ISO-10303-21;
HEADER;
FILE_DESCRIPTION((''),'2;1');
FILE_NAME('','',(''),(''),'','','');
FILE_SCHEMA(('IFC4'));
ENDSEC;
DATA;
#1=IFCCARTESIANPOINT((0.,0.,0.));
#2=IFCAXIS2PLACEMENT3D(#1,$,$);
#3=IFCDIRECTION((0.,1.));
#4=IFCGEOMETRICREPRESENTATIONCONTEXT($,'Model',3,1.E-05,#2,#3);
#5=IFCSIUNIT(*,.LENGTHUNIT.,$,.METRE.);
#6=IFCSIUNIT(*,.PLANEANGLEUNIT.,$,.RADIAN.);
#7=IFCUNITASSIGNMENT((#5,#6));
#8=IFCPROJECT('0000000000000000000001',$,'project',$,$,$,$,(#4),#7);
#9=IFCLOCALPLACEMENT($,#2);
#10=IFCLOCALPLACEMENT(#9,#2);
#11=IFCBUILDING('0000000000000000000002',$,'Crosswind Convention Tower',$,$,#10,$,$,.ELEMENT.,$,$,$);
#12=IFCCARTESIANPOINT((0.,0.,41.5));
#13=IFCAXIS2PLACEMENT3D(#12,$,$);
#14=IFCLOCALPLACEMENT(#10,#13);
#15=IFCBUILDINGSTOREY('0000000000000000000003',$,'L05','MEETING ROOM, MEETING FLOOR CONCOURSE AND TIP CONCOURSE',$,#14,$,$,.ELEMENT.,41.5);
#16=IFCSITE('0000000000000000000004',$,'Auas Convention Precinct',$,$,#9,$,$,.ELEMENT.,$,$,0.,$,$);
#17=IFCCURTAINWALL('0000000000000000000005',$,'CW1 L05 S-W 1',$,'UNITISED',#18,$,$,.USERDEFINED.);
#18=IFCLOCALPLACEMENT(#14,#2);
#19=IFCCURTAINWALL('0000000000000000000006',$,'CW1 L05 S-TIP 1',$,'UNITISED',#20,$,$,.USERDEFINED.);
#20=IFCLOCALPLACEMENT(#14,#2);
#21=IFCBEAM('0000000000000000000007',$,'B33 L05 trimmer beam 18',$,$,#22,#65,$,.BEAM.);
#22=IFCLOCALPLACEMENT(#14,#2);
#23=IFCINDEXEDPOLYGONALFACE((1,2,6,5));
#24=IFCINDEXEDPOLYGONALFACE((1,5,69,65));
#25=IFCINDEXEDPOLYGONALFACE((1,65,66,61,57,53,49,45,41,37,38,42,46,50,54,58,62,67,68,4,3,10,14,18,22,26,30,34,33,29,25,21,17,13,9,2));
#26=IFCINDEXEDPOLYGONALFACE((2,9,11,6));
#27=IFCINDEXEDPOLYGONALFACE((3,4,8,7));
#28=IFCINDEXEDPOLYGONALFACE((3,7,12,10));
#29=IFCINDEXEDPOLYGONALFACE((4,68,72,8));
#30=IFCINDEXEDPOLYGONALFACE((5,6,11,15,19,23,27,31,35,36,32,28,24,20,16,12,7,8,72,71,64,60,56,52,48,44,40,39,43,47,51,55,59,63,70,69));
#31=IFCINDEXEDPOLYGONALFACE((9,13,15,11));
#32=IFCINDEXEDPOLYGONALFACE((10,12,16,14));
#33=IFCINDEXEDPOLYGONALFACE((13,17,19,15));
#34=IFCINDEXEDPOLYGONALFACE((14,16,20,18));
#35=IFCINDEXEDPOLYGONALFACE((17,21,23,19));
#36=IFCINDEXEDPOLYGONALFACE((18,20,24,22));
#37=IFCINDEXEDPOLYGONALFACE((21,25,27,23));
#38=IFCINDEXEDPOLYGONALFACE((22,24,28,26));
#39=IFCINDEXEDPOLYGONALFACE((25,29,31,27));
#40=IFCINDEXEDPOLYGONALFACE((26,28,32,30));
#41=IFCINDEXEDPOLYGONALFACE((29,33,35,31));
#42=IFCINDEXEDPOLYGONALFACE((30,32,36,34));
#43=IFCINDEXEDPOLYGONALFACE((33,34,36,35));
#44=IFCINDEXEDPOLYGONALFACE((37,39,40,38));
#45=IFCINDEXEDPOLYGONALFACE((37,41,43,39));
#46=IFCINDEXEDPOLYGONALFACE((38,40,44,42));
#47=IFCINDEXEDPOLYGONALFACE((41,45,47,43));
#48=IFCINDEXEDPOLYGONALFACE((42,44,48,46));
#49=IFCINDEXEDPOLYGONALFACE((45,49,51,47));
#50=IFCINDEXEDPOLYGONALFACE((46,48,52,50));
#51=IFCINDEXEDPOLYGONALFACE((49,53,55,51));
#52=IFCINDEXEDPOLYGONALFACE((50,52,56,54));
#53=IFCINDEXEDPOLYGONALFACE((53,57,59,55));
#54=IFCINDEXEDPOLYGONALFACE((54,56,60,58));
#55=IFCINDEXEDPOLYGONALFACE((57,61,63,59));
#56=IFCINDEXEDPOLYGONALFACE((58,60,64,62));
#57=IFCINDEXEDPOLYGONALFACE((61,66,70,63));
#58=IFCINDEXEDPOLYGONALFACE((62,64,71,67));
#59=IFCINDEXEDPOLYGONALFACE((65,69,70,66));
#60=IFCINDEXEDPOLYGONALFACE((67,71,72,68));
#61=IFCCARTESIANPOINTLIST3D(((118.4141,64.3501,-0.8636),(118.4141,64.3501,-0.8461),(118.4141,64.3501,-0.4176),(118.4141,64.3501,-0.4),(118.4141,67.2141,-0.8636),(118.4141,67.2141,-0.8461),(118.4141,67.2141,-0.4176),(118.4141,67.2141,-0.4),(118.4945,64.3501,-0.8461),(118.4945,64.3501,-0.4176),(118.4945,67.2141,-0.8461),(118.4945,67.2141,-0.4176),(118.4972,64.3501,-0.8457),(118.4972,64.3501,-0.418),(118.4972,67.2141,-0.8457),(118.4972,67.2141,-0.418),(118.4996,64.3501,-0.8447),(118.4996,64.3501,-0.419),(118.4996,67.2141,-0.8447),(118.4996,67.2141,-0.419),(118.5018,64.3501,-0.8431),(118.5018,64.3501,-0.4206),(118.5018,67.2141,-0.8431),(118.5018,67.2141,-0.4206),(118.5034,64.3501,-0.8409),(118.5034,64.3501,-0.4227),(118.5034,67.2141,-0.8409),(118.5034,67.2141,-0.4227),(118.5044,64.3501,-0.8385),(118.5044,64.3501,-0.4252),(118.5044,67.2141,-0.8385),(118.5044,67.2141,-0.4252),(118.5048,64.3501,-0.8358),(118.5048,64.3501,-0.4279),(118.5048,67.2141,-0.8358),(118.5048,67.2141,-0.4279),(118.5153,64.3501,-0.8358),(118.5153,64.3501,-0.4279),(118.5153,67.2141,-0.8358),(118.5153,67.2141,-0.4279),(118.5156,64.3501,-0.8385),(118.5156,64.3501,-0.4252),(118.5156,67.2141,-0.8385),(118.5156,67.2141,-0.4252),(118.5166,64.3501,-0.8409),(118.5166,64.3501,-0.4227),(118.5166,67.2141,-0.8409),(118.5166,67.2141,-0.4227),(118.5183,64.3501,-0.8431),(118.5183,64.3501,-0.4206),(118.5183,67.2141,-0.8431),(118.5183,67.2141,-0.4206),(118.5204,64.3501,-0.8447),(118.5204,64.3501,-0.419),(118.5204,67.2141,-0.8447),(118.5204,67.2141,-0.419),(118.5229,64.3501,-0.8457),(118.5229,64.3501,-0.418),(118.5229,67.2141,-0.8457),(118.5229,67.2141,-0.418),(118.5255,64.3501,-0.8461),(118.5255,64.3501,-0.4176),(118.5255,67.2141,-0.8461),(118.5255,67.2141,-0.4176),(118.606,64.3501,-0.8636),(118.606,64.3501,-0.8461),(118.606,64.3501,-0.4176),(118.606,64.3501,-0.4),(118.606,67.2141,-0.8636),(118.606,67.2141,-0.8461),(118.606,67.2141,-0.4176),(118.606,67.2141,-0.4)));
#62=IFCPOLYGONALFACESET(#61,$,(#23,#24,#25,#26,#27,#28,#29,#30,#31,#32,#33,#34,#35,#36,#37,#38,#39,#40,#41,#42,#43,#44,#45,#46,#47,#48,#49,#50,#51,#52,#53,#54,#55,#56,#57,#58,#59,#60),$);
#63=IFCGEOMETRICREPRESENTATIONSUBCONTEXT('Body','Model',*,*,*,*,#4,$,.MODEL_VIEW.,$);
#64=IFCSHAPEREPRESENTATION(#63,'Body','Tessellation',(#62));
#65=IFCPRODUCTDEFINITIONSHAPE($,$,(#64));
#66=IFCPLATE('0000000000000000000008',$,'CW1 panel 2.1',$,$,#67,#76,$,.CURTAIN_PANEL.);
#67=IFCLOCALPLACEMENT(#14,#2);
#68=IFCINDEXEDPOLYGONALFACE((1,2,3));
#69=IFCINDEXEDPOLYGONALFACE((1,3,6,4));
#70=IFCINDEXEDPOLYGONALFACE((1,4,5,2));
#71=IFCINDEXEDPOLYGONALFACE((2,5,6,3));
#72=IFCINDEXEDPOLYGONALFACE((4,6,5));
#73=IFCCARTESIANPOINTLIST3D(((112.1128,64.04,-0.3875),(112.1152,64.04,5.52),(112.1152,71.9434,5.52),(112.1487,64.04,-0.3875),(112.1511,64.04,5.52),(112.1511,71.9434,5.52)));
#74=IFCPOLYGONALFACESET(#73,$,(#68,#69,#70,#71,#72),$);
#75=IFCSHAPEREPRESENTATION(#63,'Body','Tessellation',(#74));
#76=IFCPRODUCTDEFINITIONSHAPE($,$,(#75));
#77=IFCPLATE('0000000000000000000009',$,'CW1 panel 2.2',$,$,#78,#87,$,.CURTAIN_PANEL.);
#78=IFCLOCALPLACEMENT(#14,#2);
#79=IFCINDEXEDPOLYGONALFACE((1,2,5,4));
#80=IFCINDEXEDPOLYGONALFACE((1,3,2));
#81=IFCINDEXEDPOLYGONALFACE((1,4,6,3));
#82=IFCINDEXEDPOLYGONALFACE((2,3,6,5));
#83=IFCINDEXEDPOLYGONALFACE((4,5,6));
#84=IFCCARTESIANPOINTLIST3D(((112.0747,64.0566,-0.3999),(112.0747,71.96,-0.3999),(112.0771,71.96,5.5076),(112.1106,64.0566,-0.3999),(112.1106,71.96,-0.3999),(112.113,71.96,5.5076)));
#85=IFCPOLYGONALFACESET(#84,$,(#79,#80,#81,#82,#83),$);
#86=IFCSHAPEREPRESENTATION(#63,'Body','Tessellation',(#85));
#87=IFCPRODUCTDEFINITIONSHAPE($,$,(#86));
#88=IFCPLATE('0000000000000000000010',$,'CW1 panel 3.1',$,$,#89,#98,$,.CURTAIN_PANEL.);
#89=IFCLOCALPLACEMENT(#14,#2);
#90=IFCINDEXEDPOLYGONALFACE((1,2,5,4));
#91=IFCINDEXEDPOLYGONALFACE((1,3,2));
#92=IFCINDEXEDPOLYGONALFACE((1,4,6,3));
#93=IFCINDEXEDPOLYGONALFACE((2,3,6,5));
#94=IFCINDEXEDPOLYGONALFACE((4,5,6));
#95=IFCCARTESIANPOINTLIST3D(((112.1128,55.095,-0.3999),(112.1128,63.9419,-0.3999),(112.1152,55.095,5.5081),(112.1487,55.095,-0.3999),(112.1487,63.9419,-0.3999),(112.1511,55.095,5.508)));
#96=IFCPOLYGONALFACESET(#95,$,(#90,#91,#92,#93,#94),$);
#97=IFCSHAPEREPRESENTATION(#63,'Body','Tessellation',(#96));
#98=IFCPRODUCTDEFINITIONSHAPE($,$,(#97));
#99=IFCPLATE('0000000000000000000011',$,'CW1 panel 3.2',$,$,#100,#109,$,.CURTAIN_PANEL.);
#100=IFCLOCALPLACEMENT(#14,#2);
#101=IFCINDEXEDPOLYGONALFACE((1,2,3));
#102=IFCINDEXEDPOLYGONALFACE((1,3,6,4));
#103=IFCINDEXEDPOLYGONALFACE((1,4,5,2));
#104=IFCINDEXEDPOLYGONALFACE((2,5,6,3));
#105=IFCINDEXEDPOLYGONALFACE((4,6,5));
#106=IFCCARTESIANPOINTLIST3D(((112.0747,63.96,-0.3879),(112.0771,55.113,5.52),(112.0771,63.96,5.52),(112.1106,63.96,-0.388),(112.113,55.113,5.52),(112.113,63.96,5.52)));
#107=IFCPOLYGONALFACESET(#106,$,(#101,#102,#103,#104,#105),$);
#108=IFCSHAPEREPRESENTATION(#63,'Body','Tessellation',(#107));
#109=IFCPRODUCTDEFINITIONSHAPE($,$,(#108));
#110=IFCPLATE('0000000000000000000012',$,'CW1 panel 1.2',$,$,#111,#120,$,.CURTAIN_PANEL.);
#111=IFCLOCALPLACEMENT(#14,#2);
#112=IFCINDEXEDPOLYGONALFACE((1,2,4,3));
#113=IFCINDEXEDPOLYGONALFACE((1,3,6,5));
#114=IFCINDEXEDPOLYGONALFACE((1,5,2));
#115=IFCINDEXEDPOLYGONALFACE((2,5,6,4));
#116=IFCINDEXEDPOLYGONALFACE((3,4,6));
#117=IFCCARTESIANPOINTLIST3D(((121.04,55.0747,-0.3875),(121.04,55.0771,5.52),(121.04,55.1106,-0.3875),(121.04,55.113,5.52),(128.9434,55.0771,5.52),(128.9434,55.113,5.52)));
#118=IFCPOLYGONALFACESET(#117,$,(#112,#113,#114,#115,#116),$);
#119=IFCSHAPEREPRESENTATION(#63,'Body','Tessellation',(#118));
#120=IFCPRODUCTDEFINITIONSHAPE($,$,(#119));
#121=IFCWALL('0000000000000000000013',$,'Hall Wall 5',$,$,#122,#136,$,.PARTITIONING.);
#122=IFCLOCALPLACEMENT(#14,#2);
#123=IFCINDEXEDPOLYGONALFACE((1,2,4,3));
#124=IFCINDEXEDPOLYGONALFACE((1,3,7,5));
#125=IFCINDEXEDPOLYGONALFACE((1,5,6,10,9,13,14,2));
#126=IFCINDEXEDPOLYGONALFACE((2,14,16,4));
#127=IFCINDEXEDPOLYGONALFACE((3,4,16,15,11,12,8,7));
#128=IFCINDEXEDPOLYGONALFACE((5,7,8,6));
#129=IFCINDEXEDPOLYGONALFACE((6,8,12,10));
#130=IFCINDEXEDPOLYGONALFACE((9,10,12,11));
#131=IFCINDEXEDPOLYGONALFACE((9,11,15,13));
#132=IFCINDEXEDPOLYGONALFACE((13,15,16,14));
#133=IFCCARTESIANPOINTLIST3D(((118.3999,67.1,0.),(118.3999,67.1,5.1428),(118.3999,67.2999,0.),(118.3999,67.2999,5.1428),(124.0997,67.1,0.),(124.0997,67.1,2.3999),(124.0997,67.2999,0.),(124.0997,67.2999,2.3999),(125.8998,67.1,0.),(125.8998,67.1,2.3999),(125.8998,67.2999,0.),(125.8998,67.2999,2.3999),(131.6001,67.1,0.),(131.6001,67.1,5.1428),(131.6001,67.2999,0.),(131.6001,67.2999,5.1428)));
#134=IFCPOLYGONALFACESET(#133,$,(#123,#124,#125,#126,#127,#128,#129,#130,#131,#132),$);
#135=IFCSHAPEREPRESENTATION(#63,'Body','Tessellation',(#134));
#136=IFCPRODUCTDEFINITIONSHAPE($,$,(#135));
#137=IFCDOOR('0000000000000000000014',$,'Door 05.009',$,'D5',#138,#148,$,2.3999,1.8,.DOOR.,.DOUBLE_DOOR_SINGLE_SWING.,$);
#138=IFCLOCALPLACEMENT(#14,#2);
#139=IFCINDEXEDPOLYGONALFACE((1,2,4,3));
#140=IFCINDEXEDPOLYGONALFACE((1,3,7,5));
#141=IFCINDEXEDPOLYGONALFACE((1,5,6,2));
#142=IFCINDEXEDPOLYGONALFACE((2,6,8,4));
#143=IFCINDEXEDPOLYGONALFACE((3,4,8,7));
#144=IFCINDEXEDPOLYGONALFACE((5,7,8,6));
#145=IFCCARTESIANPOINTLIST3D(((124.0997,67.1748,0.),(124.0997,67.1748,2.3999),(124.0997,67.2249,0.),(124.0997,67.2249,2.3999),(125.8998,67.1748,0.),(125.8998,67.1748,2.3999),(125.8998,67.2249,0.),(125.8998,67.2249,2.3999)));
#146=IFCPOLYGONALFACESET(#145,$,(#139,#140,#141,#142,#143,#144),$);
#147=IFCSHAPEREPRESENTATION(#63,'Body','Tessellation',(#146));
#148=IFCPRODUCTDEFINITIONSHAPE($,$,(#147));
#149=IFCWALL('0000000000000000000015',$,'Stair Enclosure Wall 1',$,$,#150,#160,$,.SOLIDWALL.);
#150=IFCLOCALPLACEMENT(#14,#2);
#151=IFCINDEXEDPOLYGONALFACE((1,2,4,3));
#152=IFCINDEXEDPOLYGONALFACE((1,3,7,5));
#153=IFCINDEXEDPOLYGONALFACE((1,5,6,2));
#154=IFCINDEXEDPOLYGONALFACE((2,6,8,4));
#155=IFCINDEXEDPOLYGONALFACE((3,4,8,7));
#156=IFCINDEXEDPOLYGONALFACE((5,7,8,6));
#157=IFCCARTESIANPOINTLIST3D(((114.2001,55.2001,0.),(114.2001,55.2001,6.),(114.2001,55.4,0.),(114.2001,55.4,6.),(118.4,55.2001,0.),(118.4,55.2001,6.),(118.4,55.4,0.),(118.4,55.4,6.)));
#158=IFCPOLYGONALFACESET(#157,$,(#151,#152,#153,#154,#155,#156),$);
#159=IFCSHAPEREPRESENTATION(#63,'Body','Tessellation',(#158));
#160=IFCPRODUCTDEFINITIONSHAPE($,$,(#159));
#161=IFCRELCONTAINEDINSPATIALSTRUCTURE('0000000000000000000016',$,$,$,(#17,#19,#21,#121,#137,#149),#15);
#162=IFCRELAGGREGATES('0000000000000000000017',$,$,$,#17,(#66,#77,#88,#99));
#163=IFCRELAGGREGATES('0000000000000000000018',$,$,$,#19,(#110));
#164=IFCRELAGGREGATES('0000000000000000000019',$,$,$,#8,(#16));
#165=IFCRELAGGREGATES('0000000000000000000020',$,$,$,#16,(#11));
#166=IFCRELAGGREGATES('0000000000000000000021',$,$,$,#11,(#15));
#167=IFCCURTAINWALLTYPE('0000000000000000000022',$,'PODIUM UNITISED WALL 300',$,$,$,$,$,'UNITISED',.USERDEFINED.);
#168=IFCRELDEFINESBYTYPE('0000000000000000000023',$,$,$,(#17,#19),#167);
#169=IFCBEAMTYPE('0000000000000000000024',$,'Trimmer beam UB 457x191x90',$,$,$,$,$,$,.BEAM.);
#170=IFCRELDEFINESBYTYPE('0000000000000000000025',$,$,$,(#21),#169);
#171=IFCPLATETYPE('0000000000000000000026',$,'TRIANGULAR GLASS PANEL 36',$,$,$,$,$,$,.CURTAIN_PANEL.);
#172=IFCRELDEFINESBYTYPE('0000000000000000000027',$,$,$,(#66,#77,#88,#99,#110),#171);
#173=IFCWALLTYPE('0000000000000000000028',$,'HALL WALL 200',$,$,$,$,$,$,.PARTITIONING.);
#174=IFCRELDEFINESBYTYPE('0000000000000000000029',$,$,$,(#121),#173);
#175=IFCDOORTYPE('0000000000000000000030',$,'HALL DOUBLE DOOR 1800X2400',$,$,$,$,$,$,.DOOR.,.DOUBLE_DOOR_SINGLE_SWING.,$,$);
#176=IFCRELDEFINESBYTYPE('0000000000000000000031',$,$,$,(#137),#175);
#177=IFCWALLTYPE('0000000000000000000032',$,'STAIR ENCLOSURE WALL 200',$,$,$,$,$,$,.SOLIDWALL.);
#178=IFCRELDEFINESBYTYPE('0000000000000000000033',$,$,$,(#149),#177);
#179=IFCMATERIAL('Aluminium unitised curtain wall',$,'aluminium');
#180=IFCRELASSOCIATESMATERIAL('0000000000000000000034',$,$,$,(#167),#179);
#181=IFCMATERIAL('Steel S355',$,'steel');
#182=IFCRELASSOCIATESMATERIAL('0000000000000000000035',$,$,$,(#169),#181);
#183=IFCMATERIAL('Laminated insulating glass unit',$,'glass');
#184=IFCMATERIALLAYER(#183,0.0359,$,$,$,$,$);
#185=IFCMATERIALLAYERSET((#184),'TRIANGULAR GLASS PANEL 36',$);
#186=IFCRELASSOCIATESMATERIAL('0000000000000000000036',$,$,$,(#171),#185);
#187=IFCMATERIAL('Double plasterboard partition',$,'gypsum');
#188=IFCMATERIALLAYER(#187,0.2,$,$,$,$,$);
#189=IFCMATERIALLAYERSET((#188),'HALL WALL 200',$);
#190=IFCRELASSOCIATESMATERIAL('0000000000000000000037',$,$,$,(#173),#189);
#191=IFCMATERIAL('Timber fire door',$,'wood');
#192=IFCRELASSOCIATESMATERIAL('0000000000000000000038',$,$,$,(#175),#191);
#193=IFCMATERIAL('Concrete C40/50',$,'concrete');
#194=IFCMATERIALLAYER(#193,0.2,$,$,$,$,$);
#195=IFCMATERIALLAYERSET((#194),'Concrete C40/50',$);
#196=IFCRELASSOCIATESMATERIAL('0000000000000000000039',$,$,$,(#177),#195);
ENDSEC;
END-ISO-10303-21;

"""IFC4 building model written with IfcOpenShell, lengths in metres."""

from ifc_helpers import new_model, si_unit, direction, frame, frame_2d, origin, origin_2d, place, context, subcontext, project, spatial, polyline, rectangle, i_section, outline, extrude, material, layer, layer_set, material_profile, profile_set, type_object, element, fill, aggregate, save


model = new_model("IFC4")

# Units and contexts
model_context = context("Model", 3, precision=1e-05, world=origin(), true_north=direction((0.0, 1.0)))
body_context = subcontext(model_context, "Body", "Model", "MODEL_VIEW")
ifc_project = project(units=[si_unit("LENGTHUNIT", "METRE"), si_unit("PLANEANGLEUNIT", "RADIAN")], contexts=[model_context])

# Site, building, storey
site_placement = place(None, origin())
site = spatial("IfcSite", under=ifc_project, at=site_placement, Name="Auas Convention Precinct", CompositionType="ELEMENT", RefElevation=0.0)
building_placement = place(site_placement, origin())
building = spatial("IfcBuilding", under=site, at=building_placement, Name="Crosswind Convention Tower", CompositionType="ELEMENT")
storey_placement = place(building_placement, frame((0.0, 0.0, 41.5)))
storey = spatial("IfcBuildingStorey", under=building, at=storey_placement, Name="L05", Description="MEETING ROOM, MEETING FLOOR CONCOURSE AND TIP CONCOURSE", CompositionType="ELEMENT", Elevation=41.5)

# Shared definitions
ifc_material_1 = material(Name="Steel S355", Category="steel")

# Curtain wall
ifc_material_2 = material(Name="Aluminium unitised curtain wall", Category="aluminium")
curtain_wall_type = type_object("IfcCurtainWallType", Name="PODIUM UNITISED WALL 300", ElementType="UNITISED", PredefinedType="USERDEFINED", material=ifc_material_2)
curtain_wall_1_placement = place(storey_placement, origin())
curtain_wall_1 = element("IfcCurtainWall", 1, at=curtain_wall_1_placement, inside=storey, type_object=curtain_wall_type, Name="CW1 L05 S-W 1", ObjectType="UNITISED", PredefinedType="USERDEFINED")

# Curtain wall
curtain_wall_2_placement = place(storey_placement, origin())
curtain_wall_2 = element("IfcCurtainWall", 2, at=curtain_wall_2_placement, inside=storey, type_object=curtain_wall_type, Name="CW1 L05 S-TIP 1", ObjectType="UNITISED", PredefinedType="USERDEFINED")

# Beam
ifc_material_profile_1 = material_profile(ifc_material_1, i_section(OverallWidth=0.1919, OverallDepth=0.4636, WebThickness=0.0105, FlangeThickness=0.0176, FilletRadius=0.0103, at=origin_2d()), Name="UB 457x191x90")
ifc_profile_set_1 = profile_set([ifc_material_profile_1], Name="Steel S355")
beam_type_1 = type_object("IfcBeamType", Name="Trimmer beam UB 457x191x90", PredefinedType="BEAM", material=ifc_profile_set_1)
beam_1_placement = place(storey_placement, frame((118.51, 67.2141, -0.6318), z_axis=(0.0, -1.0, 0.0), x_axis=(1.0, 0.0, 0.0)))
element("IfcBeam", 3, at=beam_1_placement, inside=storey, type_object=beam_type_1, Name="B33 L05 trimmer beam 18", PredefinedType="BEAM", context=body_context, shape_type="SweptSolid", body=[
    extrude(i_section(OverallWidth=0.1919, OverallDepth=0.4636, WebThickness=0.0105, FlangeThickness=0.0176, FilletRadius=0.0103, at=origin_2d()), origin(), (0.0, 0.0, 1.0), 2.864),
])

# Plates
ifc_material_3 = material(Name="Laminated insulating glass unit", Category="glass")
ifc_layer_1 = layer(ifc_material_3, 0.0359)
ifc_layer_set_1 = layer_set([ifc_layer_1], Name="TRIANGULAR GLASS PANEL 36")
plate_type = type_object("IfcPlateType", Name="TRIANGULAR GLASS PANEL 36", PredefinedType="CURTAIN_PANEL", material=ifc_layer_set_1)
plate_1_placement = place(storey_placement, frame((112.1152, 64.04, 5.52), z_axis=(-1.0, 0.0, 0.000413), x_axis=(0.0, 1.0, 0.0)))
plate_1 = element("IfcPlate", 4, at=plate_1_placement, type_object=plate_type, Name="CW1 panel 2.1", PredefinedType="CURTAIN_PANEL", context=body_context, shape_type="SweptSolid", body=[
    extrude(outline(polyline([(0.0, 0.0), (7.9033, 0.0), (0.0, 5.9075), (0.0, 0.0)])), origin(), (0.0, 0.0, -1.0), 0.0359),
])
plate_2_placement = place(storey_placement, frame((112.0747, 71.96, -0.3999), z_axis=(-1.0, 0.0, 0.000413), x_axis=(0.0, -1.0, 0.0)))
plate_2 = element("IfcPlate", 5, at=plate_2_placement, type_object=plate_type, Name="CW1 panel 2.2", PredefinedType="CURTAIN_PANEL", context=body_context, shape_type="SweptSolid", body=[
    extrude(outline(polyline([(0.0, 0.0), (7.9033, 0.0), (0.0, 5.9075), (0.0, 0.0)])), origin(), (0.0, 0.0, -1.0), 0.0359),
])
plate_3_placement = place(storey_placement, frame((112.1128, 55.095, -0.3999), z_axis=(-1.0, 0.0, 0.000413), x_axis=(0.000413, 0.0, 1.0)))
plate_3 = element("IfcPlate", 6, at=plate_3_placement, type_object=plate_type, Name="CW1 panel 3.1", PredefinedType="CURTAIN_PANEL", context=body_context, shape_type="SweptSolid", body=[
    extrude(outline(polyline([(0.0, 0.0), (5.908, 0.0), (0.0, 8.8469), (0.0, 0.0)])), origin(), (0.0, 0.0, -1.0), 0.0359),
])
plate_4_placement = place(storey_placement, frame((112.0771, 63.96, 5.52), z_axis=(-1.0, 0.0, 0.000413), x_axis=(-0.000413, 0.0, -1.0)))
plate_4 = element("IfcPlate", 7, at=plate_4_placement, type_object=plate_type, Name="CW1 panel 3.2", PredefinedType="CURTAIN_PANEL", context=body_context, shape_type="SweptSolid", body=[
    extrude(outline(polyline([(0.0, 0.0), (5.908, 0.0), (0.0, 8.8469), (0.0, 0.0)])), origin(), (0.0, 0.0, -1.0), 0.0359),
])
aggregate(curtain_wall_1, [plate_1, plate_2, plate_3, plate_4])
plate_5_placement = place(storey_placement, frame((121.04, 55.0771, 5.52), z_axis=(0.0, -1.0, 0.000413), x_axis=(0.0, -0.000413, -1.0)))
plate_5 = element("IfcPlate", 8, at=plate_5_placement, type_object=plate_type, Name="CW1 panel 1.2", PredefinedType="CURTAIN_PANEL", context=body_context, shape_type="SweptSolid", body=[
    extrude(outline(polyline([(0.0, 0.0), (5.9075, 0.0), (0.0, 7.9033), (0.0, 0.0)])), origin(), (0.0, 0.0, -1.0), 0.0359),
])

# Wall, opening, door
ifc_material_4 = material(Name="Double plasterboard partition", Category="gypsum")
ifc_layer_2 = layer(ifc_material_4, 0.2)
ifc_layer_set_2 = layer_set([ifc_layer_2], Name="HALL WALL 200")
wall_type_1 = type_object("IfcWallType", Name="HALL WALL 200", PredefinedType="PARTITIONING", material=ifc_layer_set_2)
wall_1_placement = place(storey_placement, frame((118.3999, 67.2, 0.0), z_axis=(0.0, 0.0, 1.0), x_axis=(1.0, 0.0, 0.0)))
wall_1 = element("IfcWall", 9, at=wall_1_placement, inside=storey, type_object=wall_type_1, Name="Hall Wall 5", PredefinedType="PARTITIONING", context=body_context, shape_type="SweptSolid", body=[
    extrude(rectangle(XDim=13.2002, YDim=0.2, at=frame_2d((6.6001, 0.0))), origin(), (0.0, 0.0, 1.0), 5.1428),
])
opening_1_placement = place(wall_1_placement, frame((5.7, 0.0, 0.0)))
opening_1 = element("IfcOpeningElement", 10, at=opening_1_placement, cuts=wall_1, PredefinedType="OPENING", context=body_context, shape_type="SweptSolid", body=[
    extrude(rectangle(XDim=1.8, YDim=2.3999, at=frame_2d((0.8999, 1.2))), frame((0.0, 0.1099, 0.0), z_axis=(0.0, -1.0, 0.0), x_axis=(1.0, 0.0, 0.0)), (0.0, 0.0, 1.0), 0.22),
])
ifc_material_5 = material(Name="Timber fire door", Category="wood")
door_type_1 = type_object("IfcDoorType", Name="HALL DOUBLE DOOR 1800X2400", OperationType="DOUBLE_DOOR_SINGLE_SWING", PredefinedType="DOOR", material=ifc_material_5)
door_1_placement = place(opening_1_placement, origin())
door_1 = element("IfcDoor", 11, at=door_1_placement, inside=storey, type_object=door_type_1, Name="Door 05.009", ObjectType="D5", OperationType="DOUBLE_DOOR_SINGLE_SWING", OverallHeight=2.3999, OverallWidth=1.8, PredefinedType="DOOR", context=body_context, shape_type="SweptSolid", body=[
    extrude(rectangle(XDim=1.8, YDim=2.3999, at=frame_2d((0.8999, 1.2))), frame((0.0, 0.0249, 0.0), z_axis=(0.0, -1.0, 0.0), x_axis=(1.0, 0.0, 0.0)), (0.0, 0.0, 1.0), 0.05),
])
fill(opening_1, door_1)

# Wall
ifc_material_6 = material(Name="Concrete C40/50", Category="concrete")
ifc_layer_3 = layer(ifc_material_6, 0.2)
ifc_layer_set_3 = layer_set([ifc_layer_3], Name="Concrete C40/50")
wall_type_2 = type_object("IfcWallType", Name="STAIR ENCLOSURE WALL 200", PredefinedType="SOLIDWALL", material=ifc_layer_set_3)
wall_2_placement = place(storey_placement, frame((114.2, 55.3, 0.0), z_axis=(0.0, 0.0, 1.0), x_axis=(1.0, 0.0, 0.0)))
element("IfcWall", 12, at=wall_2_placement, inside=storey, type_object=wall_type_2, Name="Stair Enclosure Wall 1", PredefinedType="SOLIDWALL", context=body_context, shape_type="SweptSolid", body=[
    extrude(rectangle(XDim=4.2, YDim=0.2, at=frame_2d((2.1001, 0.0))), origin(), (0.0, 0.0, 1.0), 6.0),
])

aggregate(curtain_wall_2, [plate_5])

save(model, "model.ifc")
